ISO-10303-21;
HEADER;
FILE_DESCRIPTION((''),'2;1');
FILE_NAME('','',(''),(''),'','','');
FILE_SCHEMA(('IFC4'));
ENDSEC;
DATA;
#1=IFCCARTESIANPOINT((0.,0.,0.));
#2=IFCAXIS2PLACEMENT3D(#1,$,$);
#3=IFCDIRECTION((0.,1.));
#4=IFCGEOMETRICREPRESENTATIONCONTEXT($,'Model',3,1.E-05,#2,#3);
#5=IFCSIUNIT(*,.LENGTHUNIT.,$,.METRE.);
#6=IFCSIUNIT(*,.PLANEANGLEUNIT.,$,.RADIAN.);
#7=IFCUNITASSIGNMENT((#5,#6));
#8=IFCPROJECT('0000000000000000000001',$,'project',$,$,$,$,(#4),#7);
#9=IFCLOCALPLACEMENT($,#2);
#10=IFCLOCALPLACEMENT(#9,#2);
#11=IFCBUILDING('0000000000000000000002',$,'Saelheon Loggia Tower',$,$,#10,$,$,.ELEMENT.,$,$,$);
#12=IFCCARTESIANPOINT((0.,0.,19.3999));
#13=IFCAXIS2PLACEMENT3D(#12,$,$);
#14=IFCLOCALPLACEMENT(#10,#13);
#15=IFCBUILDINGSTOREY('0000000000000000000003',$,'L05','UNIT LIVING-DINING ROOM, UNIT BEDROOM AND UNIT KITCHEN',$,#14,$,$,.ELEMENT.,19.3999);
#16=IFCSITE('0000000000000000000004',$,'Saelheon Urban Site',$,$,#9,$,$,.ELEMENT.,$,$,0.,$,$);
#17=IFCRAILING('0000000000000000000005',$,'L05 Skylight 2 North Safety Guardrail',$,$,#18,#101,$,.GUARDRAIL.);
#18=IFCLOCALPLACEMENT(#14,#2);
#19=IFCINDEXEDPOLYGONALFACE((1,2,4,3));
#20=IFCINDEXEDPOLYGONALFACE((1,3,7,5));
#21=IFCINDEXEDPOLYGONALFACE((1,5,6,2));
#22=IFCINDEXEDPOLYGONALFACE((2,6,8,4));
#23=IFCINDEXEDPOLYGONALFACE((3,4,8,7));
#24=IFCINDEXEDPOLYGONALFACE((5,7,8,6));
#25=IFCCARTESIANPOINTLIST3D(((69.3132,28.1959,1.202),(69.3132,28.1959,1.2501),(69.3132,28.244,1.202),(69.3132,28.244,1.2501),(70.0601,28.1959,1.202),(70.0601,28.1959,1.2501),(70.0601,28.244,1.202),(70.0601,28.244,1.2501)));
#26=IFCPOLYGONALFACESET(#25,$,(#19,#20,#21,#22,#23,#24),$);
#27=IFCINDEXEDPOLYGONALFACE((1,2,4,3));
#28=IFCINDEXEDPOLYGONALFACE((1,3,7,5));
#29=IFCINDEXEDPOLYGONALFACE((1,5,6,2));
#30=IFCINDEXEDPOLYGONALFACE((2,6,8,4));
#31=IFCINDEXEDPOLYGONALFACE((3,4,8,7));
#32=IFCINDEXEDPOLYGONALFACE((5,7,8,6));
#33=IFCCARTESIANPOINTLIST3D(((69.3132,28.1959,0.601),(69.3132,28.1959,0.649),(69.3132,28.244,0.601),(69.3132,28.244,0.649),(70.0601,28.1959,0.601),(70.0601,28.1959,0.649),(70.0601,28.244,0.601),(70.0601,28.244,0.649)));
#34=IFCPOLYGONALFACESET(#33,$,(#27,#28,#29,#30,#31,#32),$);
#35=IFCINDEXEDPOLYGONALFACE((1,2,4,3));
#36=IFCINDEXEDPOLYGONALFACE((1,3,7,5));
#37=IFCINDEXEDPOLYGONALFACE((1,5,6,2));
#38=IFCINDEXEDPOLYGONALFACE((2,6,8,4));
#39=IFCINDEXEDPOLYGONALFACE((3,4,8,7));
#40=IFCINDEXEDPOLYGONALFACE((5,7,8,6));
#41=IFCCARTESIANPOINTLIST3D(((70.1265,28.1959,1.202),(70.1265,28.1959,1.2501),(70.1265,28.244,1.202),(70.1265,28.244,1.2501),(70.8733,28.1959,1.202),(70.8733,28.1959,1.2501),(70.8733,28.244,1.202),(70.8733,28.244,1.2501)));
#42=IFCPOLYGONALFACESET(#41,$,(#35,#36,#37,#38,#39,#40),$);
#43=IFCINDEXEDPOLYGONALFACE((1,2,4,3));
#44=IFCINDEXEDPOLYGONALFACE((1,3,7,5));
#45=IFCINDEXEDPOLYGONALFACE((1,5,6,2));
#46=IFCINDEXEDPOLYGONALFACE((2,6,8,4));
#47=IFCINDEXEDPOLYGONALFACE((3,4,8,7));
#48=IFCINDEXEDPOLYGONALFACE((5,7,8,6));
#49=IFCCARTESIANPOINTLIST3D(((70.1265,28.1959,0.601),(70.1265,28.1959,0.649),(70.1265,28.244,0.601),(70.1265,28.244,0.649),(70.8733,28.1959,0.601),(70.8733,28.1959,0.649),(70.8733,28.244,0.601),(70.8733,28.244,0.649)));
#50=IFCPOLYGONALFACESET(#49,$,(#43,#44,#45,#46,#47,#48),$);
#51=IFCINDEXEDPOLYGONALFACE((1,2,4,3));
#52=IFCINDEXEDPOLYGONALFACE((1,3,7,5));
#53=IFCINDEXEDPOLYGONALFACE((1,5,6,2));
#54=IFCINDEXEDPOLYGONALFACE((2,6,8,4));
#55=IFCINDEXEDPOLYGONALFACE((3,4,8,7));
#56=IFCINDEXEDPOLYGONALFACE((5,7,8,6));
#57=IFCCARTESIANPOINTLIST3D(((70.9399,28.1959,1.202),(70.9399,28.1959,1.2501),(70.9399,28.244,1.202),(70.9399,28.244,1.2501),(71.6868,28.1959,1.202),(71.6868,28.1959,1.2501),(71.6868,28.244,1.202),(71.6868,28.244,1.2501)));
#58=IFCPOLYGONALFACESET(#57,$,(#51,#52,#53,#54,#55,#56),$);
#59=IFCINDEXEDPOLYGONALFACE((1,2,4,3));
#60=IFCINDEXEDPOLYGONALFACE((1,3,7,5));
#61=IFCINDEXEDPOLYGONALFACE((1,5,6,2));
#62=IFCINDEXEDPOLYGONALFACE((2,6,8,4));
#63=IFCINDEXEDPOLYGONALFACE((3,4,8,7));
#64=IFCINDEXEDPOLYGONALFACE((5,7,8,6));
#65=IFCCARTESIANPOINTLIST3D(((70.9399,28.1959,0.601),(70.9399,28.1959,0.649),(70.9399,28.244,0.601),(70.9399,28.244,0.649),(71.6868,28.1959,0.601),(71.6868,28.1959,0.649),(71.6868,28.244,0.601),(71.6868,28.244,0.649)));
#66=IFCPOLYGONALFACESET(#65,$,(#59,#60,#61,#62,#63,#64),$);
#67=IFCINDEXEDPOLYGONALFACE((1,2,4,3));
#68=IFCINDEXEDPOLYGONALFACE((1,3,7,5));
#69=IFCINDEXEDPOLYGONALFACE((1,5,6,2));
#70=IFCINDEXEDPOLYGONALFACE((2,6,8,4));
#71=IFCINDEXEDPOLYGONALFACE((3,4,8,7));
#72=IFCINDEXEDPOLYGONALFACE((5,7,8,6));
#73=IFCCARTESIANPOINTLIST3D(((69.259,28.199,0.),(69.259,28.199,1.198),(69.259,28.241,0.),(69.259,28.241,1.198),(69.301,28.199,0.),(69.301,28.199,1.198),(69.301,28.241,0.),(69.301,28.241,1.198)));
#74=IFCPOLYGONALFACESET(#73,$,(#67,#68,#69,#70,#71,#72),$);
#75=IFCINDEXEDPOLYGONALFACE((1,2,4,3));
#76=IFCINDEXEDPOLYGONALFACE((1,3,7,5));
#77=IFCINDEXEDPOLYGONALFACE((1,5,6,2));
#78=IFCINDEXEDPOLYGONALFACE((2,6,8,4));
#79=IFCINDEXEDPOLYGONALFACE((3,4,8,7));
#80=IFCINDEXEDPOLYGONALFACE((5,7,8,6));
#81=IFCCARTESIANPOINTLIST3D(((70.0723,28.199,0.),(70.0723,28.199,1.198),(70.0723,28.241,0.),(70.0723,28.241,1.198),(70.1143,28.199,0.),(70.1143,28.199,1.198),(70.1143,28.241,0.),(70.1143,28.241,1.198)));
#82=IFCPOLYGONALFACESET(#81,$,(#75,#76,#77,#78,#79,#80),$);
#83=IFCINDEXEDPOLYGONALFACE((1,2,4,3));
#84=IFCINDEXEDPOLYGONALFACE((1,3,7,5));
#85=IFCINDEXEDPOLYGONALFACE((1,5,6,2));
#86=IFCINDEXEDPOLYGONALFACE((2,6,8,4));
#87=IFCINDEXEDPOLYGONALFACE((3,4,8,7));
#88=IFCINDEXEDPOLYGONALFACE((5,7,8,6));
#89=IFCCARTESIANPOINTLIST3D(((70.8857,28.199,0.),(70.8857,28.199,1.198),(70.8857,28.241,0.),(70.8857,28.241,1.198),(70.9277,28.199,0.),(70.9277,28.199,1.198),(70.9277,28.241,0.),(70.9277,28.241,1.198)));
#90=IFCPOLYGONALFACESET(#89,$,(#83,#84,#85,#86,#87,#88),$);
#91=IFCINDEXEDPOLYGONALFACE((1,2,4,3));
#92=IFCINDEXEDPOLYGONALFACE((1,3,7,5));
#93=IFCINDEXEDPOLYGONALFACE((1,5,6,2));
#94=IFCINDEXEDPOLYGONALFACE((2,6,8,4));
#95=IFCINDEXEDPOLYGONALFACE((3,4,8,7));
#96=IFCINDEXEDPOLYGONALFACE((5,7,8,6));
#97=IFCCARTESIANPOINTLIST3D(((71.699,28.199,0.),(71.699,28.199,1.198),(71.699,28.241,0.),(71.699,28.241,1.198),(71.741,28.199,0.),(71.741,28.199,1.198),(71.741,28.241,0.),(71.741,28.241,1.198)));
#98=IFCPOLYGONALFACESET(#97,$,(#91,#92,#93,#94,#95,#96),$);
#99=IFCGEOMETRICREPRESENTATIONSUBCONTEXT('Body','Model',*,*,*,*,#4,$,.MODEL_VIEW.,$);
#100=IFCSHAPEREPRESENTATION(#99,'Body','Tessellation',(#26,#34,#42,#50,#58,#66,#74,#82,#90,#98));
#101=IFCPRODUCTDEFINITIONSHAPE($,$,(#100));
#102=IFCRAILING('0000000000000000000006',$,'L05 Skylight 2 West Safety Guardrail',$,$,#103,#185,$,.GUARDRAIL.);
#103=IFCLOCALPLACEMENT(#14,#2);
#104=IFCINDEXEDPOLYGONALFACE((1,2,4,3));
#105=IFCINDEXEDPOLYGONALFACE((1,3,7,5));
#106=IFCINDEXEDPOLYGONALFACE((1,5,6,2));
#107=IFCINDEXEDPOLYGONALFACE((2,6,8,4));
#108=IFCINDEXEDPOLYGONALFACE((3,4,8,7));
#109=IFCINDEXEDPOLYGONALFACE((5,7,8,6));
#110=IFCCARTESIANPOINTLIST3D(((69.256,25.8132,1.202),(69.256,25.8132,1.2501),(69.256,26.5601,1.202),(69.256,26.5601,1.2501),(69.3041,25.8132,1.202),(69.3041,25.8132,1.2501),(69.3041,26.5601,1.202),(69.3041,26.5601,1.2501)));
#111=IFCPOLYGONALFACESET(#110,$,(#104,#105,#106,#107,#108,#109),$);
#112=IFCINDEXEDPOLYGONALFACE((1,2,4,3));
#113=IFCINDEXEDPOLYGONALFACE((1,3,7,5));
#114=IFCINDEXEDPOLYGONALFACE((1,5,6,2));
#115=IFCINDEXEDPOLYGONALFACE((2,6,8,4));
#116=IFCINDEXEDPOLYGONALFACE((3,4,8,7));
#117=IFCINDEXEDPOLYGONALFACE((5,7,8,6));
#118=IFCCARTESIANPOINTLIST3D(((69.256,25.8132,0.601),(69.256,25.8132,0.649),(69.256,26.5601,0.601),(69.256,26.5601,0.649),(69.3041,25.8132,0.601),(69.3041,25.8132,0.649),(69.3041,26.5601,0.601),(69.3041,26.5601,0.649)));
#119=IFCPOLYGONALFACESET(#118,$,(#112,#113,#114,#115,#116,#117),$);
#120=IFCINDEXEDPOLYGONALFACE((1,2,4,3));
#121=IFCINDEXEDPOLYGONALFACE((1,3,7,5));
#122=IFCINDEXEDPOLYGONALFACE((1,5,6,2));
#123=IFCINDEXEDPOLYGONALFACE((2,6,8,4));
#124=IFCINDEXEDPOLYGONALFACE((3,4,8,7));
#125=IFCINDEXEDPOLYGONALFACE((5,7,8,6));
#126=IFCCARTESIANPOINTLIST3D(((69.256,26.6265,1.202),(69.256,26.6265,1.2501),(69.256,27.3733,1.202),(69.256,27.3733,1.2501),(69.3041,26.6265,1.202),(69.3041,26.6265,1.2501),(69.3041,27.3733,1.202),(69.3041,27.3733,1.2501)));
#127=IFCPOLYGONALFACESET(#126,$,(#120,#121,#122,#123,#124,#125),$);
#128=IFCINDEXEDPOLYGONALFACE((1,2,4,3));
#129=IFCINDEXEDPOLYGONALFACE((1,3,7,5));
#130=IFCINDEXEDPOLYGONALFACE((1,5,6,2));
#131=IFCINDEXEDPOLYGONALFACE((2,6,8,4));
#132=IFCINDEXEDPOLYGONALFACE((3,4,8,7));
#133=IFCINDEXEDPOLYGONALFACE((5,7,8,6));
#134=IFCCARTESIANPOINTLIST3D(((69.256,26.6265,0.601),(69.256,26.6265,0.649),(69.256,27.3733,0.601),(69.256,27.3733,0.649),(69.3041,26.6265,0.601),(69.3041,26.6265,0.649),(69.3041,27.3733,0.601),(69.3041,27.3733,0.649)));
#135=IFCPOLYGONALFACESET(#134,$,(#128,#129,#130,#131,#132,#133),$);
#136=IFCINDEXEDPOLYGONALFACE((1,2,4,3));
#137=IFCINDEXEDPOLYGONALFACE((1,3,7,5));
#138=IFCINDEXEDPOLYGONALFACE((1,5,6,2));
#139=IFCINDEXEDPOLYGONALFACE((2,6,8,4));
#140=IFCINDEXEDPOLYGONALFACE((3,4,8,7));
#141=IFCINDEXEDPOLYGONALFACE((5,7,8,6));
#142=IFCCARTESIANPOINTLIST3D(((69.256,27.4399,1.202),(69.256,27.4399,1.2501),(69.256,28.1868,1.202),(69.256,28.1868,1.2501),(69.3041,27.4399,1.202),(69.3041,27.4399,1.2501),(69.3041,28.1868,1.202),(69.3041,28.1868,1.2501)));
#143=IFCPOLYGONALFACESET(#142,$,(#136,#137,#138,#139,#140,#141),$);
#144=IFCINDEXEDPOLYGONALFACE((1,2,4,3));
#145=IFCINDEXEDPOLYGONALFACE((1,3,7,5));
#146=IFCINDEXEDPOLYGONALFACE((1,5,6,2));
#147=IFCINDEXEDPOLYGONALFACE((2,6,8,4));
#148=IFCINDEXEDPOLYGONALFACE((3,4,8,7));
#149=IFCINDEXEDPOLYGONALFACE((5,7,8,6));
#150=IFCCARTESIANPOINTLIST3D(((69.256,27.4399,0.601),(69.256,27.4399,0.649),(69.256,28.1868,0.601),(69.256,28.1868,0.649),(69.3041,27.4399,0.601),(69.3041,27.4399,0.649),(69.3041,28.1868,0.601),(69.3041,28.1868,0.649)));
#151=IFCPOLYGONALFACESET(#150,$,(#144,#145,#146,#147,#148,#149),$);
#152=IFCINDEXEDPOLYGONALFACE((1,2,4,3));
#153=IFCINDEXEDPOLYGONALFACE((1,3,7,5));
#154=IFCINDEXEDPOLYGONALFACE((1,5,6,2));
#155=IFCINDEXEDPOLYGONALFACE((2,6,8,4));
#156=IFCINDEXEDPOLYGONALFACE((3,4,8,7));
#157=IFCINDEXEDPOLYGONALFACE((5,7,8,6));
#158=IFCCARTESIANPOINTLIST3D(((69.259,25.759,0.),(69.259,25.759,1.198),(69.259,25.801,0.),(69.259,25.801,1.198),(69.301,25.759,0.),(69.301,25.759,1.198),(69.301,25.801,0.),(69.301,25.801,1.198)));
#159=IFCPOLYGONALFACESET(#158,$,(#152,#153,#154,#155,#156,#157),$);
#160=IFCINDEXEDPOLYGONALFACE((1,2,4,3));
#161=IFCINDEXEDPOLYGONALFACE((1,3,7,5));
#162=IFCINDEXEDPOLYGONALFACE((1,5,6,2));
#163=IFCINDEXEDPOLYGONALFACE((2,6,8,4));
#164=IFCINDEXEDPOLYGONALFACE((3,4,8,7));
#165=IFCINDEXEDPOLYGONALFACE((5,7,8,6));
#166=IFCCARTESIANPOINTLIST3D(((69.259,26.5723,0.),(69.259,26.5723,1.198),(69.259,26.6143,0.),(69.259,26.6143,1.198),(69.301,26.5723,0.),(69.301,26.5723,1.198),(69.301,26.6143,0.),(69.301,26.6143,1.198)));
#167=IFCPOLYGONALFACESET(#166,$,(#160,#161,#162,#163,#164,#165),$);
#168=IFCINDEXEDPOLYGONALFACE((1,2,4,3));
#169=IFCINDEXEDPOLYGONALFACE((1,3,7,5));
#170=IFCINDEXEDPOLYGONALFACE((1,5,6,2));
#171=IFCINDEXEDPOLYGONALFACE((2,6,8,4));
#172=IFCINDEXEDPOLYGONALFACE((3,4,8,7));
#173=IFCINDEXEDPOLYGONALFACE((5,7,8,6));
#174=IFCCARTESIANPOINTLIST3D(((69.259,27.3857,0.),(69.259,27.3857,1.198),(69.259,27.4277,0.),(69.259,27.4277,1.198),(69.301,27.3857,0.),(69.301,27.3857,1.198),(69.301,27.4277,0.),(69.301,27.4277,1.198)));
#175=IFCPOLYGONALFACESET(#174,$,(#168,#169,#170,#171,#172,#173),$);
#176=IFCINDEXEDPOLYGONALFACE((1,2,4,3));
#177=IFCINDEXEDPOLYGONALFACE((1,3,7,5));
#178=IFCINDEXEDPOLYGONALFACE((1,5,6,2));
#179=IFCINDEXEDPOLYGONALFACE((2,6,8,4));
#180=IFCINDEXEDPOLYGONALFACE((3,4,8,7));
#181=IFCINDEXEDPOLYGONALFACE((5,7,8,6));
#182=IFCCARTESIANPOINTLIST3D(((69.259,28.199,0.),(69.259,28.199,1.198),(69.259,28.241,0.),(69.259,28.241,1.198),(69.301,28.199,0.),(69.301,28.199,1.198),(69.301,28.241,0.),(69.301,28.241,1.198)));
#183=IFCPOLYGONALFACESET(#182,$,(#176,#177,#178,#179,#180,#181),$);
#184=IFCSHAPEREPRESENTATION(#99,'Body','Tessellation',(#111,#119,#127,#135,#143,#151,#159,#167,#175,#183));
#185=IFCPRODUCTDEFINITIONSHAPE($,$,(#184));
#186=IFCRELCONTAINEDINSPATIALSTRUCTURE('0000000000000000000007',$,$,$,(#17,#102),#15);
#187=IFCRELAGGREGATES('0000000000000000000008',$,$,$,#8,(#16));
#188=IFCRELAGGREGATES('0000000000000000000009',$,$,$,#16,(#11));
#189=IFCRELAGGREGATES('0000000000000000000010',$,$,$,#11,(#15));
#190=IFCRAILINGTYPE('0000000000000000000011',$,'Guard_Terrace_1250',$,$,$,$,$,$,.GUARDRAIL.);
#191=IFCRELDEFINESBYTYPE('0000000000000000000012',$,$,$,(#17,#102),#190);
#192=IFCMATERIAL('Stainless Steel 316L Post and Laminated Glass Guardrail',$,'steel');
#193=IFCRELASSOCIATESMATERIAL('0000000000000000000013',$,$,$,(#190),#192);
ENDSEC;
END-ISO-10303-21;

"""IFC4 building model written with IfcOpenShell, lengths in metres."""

from ifc_helpers import new_model, si_unit, direction, frame, origin, origin_2d, place, context, subcontext, project, spatial, rectangle, extrude, material, type_object, element, save


model = new_model("IFC4")

# Units and contexts
model_context = context("Model", 3, precision=1e-05, world=origin(), true_north=direction((0.0, 1.0)))
body_context = subcontext(model_context, "Body", "Model", "MODEL_VIEW")
ifc_project = project(units=[si_unit("LENGTHUNIT", "METRE"), si_unit("PLANEANGLEUNIT", "RADIAN")], contexts=[model_context])

# Site, building, storey
site_placement = place(None, origin())
site = spatial("IfcSite", under=ifc_project, at=site_placement, Name="Saelheon Urban Site", CompositionType="ELEMENT", RefElevation=0.0)
building_placement = place(site_placement, origin())
building = spatial("IfcBuilding", under=site, at=building_placement, Name="Saelheon Loggia Tower", CompositionType="ELEMENT")
storey_placement = place(building_placement, frame((0.0, 0.0, 19.3999)))
storey = spatial("IfcBuildingStorey", under=building, at=storey_placement, Name="L05", Description="UNIT LIVING-DINING ROOM, UNIT BEDROOM AND UNIT KITCHEN", CompositionType="ELEMENT", Elevation=19.3999)

# Railings
ifc_material_1 = material(Name="Stainless Steel 316L Post and Laminated Glass Guardrail", Category="steel")
railing_type = type_object("IfcRailingType", Name="Guard_Terrace_1250", PredefinedType="GUARDRAIL", material=ifc_material_1)
for number, where, name in (
    (1, (69.28, 28.22, 0.0), "L05 Skylight 2 North Safety Guardrail"),
):
    element("IfcRailing", number, at=place(storey_placement, frame(where)), inside=storey, type_object=railing_type, Name=name, PredefinedType="GUARDRAIL", context=body_context, shape_type="SweptSolid", body=[
        extrude(rectangle(XDim=0.0481, YDim=0.0481, at=origin_2d()), frame((0.0332, 0.0, 1.2261), z_axis=(1.0, 0.0, 0.0), x_axis=(0.0, 1.0, 0.0)), (0.0, 0.0, 1.0), 0.7468),
        extrude(rectangle(XDim=0.0481, YDim=0.0481, at=origin_2d()), frame((0.0332, 0.0, 0.625), z_axis=(1.0, 0.0, 0.0), x_axis=(0.0, 1.0, 0.0)), (0.0, 0.0, 1.0), 0.7468),
        extrude(rectangle(XDim=0.0481, YDim=0.0481, at=origin_2d()), frame((0.8464, 0.0, 1.2261), z_axis=(1.0, 0.0, 0.0), x_axis=(0.0, 1.0, 0.0)), (0.0, 0.0, 1.0), 0.7468),
        extrude(rectangle(XDim=0.0481, YDim=0.0481, at=origin_2d()), frame((0.8464, 0.0, 0.625), z_axis=(1.0, 0.0, 0.0), x_axis=(0.0, 1.0, 0.0)), (0.0, 0.0, 1.0), 0.7468),
        extrude(rectangle(XDim=0.0481, YDim=0.0481, at=origin_2d()), frame((1.6599, 0.0, 1.2261), z_axis=(1.0, 0.0, 0.0), x_axis=(0.0, 1.0, 0.0)), (0.0, 0.0, 1.0), 0.7468),
        extrude(rectangle(XDim=0.0481, YDim=0.0481, at=origin_2d()), frame((1.6599, 0.0, 0.625), z_axis=(1.0, 0.0, 0.0), x_axis=(0.0, 1.0, 0.0)), (0.0, 0.0, 1.0), 0.7468),
        extrude(rectangle(XDim=0.042, YDim=0.042, at=origin_2d()), origin(), (0.0, 0.0, 1.0), 1.198),
        extrude(rectangle(XDim=0.042, YDim=0.042, at=origin_2d()), frame((0.8132, 0.0, 0.0)), (0.0, 0.0, 1.0), 1.198),
        extrude(rectangle(XDim=0.042, YDim=0.042, at=origin_2d()), frame((1.6267, 0.0, 0.0)), (0.0, 0.0, 1.0), 1.198),
        extrude(rectangle(XDim=0.042, YDim=0.042, at=origin_2d()), frame((2.4399, 0.0, 0.0)), (0.0, 0.0, 1.0), 1.198),
    ])
railing_1_placement = place(storey_placement, frame((69.28, 25.78, 0.0)))
element("IfcRailing", 2, at=railing_1_placement, inside=storey, type_object=railing_type, Name="L05 Skylight 2 West Safety Guardrail", PredefinedType="GUARDRAIL", context=body_context, shape_type="SweptSolid", body=[
    extrude(rectangle(XDim=0.0481, YDim=0.0481, at=origin_2d()), frame((0.0, 0.0332, 1.2261), z_axis=(0.0, 1.0, 0.0), x_axis=(-1.0, 0.0, 0.0)), (0.0, 0.0, 1.0), 0.7468),
    extrude(rectangle(XDim=0.0481, YDim=0.0481, at=origin_2d()), frame((0.0, 0.0332, 0.625), z_axis=(0.0, 1.0, 0.0), x_axis=(-1.0, 0.0, 0.0)), (0.0, 0.0, 1.0), 0.7468),
    extrude(rectangle(XDim=0.0481, YDim=0.0481, at=origin_2d()), frame((0.0, 0.8464, 1.2261), z_axis=(0.0, 1.0, 0.0), x_axis=(-1.0, 0.0, 0.0)), (0.0, 0.0, 1.0), 0.7468),
    extrude(rectangle(XDim=0.0481, YDim=0.0481, at=origin_2d()), frame((0.0, 0.8464, 0.625), z_axis=(0.0, 1.0, 0.0), x_axis=(-1.0, 0.0, 0.0)), (0.0, 0.0, 1.0), 0.7468),
    extrude(rectangle(XDim=0.0481, YDim=0.0481, at=origin_2d()), frame((0.0, 1.6599, 1.2261), z_axis=(0.0, 1.0, 0.0), x_axis=(-1.0, 0.0, 0.0)), (0.0, 0.0, 1.0), 0.7468),
    extrude(rectangle(XDim=0.0481, YDim=0.0481, at=origin_2d()), frame((0.0, 1.6599, 0.625), z_axis=(0.0, 1.0, 0.0), x_axis=(-1.0, 0.0, 0.0)), (0.0, 0.0, 1.0), 0.7468),
    extrude(rectangle(XDim=0.042, YDim=0.042, at=origin_2d()), origin(), (0.0, 0.0, 1.0), 1.198),
    extrude(rectangle(XDim=0.042, YDim=0.042, at=origin_2d()), frame((0.0, 0.8132, 0.0)), (0.0, 0.0, 1.0), 1.198),
    extrude(rectangle(XDim=0.042, YDim=0.042, at=origin_2d()), frame((0.0, 1.6267, 0.0)), (0.0, 0.0, 1.0), 1.198),
    extrude(rectangle(XDim=0.042, YDim=0.042, at=origin_2d()), frame((0.0, 2.4399, 0.0)), (0.0, 0.0, 1.0), 1.198),
])

save(model, "model.ifc")
